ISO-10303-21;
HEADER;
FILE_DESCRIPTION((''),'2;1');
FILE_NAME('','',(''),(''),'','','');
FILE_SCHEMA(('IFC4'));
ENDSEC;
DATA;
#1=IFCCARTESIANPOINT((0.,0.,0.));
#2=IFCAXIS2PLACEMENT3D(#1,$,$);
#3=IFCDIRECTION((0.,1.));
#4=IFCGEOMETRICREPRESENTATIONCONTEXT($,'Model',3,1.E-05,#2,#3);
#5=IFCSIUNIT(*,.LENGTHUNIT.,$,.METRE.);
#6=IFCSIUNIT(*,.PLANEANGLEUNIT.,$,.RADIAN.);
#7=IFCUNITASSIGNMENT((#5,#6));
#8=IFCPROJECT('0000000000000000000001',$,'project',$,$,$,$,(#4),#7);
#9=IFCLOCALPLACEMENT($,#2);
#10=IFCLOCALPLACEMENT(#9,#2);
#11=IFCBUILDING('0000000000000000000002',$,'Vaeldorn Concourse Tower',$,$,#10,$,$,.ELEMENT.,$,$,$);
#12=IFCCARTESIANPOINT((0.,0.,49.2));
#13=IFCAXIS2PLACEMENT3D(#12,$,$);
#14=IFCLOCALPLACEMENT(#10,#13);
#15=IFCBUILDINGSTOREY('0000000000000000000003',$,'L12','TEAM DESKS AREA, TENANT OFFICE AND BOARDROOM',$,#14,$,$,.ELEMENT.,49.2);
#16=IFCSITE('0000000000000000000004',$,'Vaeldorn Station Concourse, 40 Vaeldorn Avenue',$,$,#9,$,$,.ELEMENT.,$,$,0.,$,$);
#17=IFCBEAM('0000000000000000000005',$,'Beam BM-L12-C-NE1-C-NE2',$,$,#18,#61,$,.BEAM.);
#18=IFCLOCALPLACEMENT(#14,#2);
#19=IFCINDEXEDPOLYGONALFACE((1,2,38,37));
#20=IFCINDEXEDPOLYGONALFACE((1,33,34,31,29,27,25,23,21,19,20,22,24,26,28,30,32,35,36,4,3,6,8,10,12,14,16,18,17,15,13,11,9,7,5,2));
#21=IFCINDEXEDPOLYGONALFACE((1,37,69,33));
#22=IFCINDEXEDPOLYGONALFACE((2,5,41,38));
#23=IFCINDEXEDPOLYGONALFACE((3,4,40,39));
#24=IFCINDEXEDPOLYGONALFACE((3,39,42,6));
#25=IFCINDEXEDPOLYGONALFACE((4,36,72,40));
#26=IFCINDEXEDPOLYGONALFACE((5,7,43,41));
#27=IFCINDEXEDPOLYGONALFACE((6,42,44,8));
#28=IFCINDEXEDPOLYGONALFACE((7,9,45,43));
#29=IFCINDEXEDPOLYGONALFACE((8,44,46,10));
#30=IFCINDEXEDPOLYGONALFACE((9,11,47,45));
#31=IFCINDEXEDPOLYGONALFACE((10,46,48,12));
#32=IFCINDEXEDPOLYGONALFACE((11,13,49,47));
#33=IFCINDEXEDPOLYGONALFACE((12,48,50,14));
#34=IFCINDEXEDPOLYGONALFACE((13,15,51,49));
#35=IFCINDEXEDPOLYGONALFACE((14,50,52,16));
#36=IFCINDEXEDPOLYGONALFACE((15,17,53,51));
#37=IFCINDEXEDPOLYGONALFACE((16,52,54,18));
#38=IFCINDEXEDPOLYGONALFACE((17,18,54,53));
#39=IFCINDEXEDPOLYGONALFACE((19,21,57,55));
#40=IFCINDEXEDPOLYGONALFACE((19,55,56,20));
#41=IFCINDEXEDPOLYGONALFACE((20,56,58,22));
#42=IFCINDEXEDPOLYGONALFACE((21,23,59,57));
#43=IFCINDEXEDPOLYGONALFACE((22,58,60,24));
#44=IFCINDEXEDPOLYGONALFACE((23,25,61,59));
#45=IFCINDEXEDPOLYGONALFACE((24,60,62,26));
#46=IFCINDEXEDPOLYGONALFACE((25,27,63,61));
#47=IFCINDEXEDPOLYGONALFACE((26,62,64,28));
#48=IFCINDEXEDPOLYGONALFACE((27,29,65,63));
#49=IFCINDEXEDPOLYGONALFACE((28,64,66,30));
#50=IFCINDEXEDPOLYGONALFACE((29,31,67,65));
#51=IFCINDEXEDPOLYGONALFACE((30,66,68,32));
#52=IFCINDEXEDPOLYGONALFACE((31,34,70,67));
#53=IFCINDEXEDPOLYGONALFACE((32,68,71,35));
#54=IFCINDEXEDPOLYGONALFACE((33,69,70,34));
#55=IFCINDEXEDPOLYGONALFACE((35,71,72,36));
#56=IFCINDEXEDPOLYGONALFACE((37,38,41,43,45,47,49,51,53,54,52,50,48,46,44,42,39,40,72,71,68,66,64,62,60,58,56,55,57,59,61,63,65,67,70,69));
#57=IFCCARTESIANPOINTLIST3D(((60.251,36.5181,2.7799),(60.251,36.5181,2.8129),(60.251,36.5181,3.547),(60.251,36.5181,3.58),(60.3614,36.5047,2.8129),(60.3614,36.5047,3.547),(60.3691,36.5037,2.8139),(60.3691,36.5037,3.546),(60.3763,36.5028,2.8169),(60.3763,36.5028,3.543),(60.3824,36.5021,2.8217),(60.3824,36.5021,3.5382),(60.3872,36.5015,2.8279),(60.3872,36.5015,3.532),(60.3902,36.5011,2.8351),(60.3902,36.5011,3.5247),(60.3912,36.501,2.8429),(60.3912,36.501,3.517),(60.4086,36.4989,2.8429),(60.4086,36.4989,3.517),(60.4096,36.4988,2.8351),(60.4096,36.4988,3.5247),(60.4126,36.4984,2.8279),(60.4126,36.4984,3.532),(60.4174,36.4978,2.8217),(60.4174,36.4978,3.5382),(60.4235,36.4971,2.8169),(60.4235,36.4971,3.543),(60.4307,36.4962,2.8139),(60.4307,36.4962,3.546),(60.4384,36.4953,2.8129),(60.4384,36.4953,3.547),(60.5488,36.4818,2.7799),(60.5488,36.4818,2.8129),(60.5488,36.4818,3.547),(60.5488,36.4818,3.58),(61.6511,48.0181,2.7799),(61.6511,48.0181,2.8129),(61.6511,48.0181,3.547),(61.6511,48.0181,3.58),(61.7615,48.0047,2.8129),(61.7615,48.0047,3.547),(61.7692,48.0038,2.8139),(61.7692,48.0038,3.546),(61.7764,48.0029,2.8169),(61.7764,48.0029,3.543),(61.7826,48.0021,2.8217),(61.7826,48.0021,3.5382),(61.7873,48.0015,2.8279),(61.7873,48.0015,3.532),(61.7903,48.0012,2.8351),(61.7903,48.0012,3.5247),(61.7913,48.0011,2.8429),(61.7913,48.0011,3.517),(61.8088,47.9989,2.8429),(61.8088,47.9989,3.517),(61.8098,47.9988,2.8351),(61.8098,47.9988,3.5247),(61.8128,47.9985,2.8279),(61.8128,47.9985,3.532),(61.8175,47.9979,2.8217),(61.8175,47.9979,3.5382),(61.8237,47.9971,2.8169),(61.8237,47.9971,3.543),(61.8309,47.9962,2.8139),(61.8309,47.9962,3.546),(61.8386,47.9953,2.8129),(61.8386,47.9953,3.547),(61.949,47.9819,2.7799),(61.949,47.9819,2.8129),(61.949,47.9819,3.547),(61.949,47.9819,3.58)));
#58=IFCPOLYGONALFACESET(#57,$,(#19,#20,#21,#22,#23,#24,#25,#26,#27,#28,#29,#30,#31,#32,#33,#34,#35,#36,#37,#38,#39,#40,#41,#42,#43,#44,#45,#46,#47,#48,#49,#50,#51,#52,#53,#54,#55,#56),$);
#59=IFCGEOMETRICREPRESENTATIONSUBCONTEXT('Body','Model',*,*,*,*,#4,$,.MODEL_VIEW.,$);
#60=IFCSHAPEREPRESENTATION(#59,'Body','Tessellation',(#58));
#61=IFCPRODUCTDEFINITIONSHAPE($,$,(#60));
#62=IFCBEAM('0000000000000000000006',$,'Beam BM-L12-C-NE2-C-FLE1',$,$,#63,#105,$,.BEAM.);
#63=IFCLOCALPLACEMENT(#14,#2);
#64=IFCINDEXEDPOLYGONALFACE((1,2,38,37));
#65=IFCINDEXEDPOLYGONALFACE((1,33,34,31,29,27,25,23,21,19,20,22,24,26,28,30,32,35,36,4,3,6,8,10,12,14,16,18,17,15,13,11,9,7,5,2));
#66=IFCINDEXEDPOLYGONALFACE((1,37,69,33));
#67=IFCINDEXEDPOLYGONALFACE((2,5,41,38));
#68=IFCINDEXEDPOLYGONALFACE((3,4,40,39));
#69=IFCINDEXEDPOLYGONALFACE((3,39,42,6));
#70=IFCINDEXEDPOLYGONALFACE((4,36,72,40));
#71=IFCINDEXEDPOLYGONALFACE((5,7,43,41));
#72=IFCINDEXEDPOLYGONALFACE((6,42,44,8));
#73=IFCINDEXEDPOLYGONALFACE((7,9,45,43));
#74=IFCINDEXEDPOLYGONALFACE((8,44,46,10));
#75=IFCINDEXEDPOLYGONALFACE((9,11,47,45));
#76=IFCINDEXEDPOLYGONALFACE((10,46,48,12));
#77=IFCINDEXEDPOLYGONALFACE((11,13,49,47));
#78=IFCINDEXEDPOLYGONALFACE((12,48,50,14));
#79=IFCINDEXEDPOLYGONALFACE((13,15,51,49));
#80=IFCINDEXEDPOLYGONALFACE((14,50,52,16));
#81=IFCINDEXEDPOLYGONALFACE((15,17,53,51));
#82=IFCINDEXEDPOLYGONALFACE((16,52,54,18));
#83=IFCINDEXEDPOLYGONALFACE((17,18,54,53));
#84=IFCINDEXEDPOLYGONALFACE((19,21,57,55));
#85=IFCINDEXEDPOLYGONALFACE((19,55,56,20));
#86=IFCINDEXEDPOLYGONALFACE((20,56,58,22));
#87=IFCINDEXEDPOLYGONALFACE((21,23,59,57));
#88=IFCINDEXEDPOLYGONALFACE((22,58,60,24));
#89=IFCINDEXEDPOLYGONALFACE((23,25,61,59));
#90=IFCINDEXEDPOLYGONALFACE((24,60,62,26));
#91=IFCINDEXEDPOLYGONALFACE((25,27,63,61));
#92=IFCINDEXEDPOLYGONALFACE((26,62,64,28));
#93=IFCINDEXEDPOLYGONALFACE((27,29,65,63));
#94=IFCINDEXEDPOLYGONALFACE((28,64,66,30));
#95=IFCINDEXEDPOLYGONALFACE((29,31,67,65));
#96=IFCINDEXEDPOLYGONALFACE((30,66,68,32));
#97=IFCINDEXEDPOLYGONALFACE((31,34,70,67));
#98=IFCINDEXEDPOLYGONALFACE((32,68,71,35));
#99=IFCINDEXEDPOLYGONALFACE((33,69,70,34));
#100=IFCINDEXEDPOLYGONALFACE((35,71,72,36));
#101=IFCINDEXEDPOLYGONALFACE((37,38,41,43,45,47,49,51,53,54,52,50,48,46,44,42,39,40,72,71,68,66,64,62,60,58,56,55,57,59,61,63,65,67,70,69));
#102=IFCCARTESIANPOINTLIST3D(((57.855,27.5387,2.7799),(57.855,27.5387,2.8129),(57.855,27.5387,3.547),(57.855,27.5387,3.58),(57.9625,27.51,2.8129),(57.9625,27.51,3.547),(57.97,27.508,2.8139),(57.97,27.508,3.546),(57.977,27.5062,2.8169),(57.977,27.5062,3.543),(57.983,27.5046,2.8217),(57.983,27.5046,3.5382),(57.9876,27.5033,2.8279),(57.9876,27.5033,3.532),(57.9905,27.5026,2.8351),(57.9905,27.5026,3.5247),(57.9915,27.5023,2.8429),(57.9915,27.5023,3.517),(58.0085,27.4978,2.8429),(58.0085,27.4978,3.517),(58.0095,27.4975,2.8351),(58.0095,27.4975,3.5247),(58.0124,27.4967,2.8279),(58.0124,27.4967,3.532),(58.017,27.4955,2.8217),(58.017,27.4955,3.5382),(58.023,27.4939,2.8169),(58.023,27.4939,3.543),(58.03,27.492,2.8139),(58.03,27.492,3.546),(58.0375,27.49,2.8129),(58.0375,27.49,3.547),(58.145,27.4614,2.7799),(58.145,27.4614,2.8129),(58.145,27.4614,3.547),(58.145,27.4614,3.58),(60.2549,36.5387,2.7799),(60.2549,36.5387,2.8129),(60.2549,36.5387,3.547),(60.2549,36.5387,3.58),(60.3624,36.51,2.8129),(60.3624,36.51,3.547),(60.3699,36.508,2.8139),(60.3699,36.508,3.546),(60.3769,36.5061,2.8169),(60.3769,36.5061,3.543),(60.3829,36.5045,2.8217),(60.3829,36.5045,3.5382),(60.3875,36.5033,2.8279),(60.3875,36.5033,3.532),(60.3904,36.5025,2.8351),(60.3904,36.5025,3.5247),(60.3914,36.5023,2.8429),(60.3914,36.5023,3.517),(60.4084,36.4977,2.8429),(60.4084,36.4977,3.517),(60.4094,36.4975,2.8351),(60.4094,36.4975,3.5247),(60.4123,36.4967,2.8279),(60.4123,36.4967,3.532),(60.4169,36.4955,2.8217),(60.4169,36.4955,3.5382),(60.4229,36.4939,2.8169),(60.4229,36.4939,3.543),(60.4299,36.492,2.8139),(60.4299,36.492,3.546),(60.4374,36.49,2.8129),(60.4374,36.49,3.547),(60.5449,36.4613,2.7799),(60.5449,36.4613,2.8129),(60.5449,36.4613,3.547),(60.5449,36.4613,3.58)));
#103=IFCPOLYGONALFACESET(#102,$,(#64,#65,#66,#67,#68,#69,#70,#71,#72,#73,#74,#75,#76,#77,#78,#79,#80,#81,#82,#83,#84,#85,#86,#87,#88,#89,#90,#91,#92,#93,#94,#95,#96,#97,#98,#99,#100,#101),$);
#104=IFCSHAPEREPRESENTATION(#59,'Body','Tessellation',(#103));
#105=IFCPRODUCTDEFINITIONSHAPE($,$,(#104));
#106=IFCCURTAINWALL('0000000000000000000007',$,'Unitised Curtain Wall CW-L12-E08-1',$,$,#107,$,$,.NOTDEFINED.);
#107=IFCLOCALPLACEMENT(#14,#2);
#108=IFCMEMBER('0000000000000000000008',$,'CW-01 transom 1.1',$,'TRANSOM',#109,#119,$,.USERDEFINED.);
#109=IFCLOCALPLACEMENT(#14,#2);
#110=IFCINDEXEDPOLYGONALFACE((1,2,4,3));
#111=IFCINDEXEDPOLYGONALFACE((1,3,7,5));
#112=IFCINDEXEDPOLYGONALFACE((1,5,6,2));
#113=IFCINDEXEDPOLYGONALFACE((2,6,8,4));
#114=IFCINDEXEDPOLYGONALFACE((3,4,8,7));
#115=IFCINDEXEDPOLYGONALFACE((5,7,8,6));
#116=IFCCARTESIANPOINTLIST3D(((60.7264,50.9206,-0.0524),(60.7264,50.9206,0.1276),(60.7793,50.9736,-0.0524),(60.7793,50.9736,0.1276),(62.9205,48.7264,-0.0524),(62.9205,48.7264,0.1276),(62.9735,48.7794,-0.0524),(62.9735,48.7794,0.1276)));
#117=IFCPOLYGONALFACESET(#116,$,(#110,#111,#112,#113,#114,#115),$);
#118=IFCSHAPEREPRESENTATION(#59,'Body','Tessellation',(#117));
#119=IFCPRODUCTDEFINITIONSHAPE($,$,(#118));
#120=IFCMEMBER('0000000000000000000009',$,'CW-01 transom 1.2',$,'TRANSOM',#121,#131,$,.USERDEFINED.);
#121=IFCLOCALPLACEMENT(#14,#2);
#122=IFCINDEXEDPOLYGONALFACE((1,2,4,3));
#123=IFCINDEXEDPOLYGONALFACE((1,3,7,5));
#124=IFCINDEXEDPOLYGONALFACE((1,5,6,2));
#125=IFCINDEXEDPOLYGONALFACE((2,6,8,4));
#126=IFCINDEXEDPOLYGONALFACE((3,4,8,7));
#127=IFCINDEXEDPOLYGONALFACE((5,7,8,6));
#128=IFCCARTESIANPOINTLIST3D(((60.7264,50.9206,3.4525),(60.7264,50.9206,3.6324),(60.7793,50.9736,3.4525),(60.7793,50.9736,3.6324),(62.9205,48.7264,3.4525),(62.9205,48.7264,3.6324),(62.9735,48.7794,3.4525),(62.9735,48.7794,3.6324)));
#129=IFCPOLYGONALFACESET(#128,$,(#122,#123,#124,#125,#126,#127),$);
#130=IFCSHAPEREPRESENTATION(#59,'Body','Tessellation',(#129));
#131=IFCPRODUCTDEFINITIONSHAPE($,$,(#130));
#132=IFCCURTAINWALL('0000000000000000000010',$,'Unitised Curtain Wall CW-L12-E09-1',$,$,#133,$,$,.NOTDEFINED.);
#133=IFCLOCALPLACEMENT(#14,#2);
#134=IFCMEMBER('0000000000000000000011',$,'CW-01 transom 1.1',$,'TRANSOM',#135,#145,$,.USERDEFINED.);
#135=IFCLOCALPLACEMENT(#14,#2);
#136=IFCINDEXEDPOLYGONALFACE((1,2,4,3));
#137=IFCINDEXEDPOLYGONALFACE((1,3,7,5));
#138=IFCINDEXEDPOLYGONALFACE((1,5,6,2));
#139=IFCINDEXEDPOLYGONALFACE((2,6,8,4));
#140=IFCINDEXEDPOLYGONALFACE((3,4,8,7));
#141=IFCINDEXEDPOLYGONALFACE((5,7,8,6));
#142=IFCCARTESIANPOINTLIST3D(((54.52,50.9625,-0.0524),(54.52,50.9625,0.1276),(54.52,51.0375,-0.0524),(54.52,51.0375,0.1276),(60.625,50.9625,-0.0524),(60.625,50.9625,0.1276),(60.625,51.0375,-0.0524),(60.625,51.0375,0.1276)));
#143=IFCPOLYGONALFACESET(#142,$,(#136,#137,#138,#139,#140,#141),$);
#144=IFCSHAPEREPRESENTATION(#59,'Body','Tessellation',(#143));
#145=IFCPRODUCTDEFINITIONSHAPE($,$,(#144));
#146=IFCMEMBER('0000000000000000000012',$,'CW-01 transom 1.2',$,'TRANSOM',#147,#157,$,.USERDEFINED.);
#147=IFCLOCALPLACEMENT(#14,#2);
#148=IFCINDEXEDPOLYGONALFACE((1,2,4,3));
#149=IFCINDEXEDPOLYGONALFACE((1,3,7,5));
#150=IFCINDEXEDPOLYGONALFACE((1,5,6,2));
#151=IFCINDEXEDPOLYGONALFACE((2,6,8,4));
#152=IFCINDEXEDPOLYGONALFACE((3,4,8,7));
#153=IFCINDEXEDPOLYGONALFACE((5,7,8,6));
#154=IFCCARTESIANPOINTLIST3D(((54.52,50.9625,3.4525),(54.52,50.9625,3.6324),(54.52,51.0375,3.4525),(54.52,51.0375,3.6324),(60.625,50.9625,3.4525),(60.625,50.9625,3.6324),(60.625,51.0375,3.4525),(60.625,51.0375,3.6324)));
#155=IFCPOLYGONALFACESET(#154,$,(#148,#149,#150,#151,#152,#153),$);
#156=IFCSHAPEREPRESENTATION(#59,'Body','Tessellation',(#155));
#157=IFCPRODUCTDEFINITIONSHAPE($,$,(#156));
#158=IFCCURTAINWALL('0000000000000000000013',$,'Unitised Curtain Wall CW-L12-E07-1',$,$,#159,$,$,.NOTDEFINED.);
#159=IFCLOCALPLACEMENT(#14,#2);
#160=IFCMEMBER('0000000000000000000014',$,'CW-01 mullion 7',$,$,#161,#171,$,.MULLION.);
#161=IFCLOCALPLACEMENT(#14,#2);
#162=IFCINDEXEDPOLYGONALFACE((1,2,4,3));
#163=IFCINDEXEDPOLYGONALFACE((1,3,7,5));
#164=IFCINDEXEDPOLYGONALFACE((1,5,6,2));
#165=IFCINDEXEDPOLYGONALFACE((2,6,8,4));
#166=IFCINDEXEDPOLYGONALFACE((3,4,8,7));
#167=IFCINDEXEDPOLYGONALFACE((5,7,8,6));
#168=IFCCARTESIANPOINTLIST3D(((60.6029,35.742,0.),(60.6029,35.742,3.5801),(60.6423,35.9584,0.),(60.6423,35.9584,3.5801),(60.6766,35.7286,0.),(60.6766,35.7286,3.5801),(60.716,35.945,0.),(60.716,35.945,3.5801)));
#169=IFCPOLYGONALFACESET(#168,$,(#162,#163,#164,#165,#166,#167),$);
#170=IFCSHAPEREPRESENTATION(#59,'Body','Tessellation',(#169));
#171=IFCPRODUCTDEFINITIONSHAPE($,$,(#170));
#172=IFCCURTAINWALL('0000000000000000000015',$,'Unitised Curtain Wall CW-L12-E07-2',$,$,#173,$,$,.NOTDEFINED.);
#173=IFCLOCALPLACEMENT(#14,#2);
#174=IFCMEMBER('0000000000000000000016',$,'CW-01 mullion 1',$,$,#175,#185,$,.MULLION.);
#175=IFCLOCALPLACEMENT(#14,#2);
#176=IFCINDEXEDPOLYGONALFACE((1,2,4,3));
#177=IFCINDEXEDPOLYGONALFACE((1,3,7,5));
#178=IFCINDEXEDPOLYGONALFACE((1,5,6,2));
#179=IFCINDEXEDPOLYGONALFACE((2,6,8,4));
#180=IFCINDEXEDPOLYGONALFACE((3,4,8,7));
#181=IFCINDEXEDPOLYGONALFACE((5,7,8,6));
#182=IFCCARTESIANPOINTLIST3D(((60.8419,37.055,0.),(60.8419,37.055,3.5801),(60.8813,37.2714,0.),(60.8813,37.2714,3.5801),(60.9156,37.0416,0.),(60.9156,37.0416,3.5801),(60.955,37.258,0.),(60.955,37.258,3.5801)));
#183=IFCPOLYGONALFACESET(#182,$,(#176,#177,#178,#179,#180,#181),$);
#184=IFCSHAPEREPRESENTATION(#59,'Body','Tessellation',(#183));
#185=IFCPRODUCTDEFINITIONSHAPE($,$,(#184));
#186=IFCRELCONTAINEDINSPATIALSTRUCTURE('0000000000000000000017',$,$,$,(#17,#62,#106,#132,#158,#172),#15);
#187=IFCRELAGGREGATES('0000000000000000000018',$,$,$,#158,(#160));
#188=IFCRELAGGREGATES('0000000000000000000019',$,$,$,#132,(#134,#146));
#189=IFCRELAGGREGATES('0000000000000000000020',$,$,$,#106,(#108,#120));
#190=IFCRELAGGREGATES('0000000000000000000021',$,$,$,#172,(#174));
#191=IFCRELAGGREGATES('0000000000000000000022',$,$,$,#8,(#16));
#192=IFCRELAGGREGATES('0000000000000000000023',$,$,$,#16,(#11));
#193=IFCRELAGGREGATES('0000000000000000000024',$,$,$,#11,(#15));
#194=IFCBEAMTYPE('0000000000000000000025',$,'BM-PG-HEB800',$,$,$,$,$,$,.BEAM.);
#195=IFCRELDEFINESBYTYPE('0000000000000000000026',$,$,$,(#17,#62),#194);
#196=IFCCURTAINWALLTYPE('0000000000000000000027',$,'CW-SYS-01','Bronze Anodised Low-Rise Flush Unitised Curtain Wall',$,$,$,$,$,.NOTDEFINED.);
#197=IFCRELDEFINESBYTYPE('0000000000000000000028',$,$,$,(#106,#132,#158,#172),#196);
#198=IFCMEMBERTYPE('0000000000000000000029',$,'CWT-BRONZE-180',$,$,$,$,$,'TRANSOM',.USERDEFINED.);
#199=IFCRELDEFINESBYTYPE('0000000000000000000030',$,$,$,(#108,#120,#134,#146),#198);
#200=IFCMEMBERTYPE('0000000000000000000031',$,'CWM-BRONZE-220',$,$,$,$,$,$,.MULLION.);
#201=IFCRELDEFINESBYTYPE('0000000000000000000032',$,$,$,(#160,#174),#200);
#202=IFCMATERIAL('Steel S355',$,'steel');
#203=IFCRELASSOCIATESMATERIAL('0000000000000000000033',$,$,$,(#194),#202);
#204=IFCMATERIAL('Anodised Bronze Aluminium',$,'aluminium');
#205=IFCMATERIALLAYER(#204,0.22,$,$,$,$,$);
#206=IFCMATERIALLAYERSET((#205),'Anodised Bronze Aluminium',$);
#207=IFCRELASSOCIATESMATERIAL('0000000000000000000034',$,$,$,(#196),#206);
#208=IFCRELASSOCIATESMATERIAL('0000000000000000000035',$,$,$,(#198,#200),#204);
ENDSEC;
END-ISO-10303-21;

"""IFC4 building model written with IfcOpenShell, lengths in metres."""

from ifc_helpers import new_model, si_unit, direction, frame, origin, origin_2d, place, context, subcontext, project, spatial, rectangle, i_section, extrude, source, transform, mapped, material, layer, layer_set, material_profile, profile_set, type_object, element, aggregate, save


model = new_model("IFC4")

# Units and contexts
model_context = context("Model", 3, precision=1e-05, world=origin(), true_north=direction((0.0, 1.0)))
body_context = subcontext(model_context, "Body", "Model", "MODEL_VIEW")
ifc_project = project(units=[si_unit("LENGTHUNIT", "METRE"), si_unit("PLANEANGLEUNIT", "RADIAN")], contexts=[model_context])

# Site, building, storey
site_placement = place(None, origin())
site = spatial("IfcSite", under=ifc_project, at=site_placement, Name="Vaeldorn Station Concourse, 40 Vaeldorn Avenue", CompositionType="ELEMENT", RefElevation=0.0)
building_placement = place(site_placement, origin())
building = spatial("IfcBuilding", under=site, at=building_placement, Name="Vaeldorn Concourse Tower", CompositionType="ELEMENT")
storey_placement = place(building_placement, frame((0.0, 0.0, 49.2)))
storey = spatial("IfcBuildingStorey", under=building, at=storey_placement, Name="L12", Description="TEAM DESKS AREA, TENANT OFFICE AND BOARDROOM", CompositionType="ELEMENT", Elevation=49.2)

# Beams
ifc_material_1 = material(Name="Steel S355", Category="steel")
ifc_material_profile_1 = material_profile(ifc_material_1, i_section(OverallWidth=0.3, OverallDepth=0.8, WebThickness=0.0176, FlangeThickness=0.033, FilletRadius=0.03, at=origin_2d()), Name="HEB 800")
ifc_profile_set_1 = profile_set([ifc_material_profile_1], Name="Steel S355")
beam_type = type_object("IfcBeamType", Name="BM-PG-HEB800", PredefinedType="BEAM", material=ifc_profile_set_1)
shared_shape_1 = source(origin(), body_context, "Body", "SweptSolid", [
    extrude(i_section(OverallWidth=0.3, OverallDepth=0.8, WebThickness=0.0176, FlangeThickness=0.033, FilletRadius=0.03, at=origin_2d()), origin(), (0.0, 0.0, 1.0), 11.585),
])
beam_1_placement = place(storey_placement, frame((61.8, 48.0, 3.1799), z_axis=(-0.120859, -0.99267, 0.0), x_axis=(0.99267, -0.120859, 0.0)))
element("IfcBeam", 1, at=beam_1_placement, inside=storey, type_object=beam_type, Name="Beam BM-L12-C-NE1-C-NE2", PredefinedType="BEAM", context=body_context, shape_type="MappedRepresentation", body=[
    mapped(shared_shape_1, transform((0.0, 0.0, 0.0), scale=1.0)),
])
shared_shape_2 = source(origin(), body_context, "Body", "SweptSolid", [
    extrude(i_section(OverallWidth=0.3, OverallDepth=0.8, WebThickness=0.0176, FlangeThickness=0.033, FilletRadius=0.03, at=origin_2d()), origin(), (0.0, 0.0, 1.0), 9.3145),
])
beam_2_placement = place(storey_placement, frame((60.3999, 36.5, 3.1799), z_axis=(-0.257653, -0.966238, 0.0), x_axis=(0.966238, -0.257653, 0.0)))
element("IfcBeam", 2, at=beam_2_placement, inside=storey, type_object=beam_type, Name="Beam BM-L12-C-NE2-C-FLE1", PredefinedType="BEAM", context=body_context, shape_type="MappedRepresentation", body=[
    mapped(shared_shape_2, transform((0.0, 0.0, 0.0), scale=1.0)),
])

# Curtain walls, members
ifc_material_2 = material(Name="Anodised Bronze Aluminium", Category="aluminium")
ifc_layer_1 = layer(ifc_material_2, 0.22)
ifc_layer_set_1 = layer_set([ifc_layer_1], Name="Anodised Bronze Aluminium")
curtain_wall_type = type_object("IfcCurtainWallType", Name="CW-SYS-01", Description="Bronze Anodised Low-Rise Flush Unitised Curtain Wall", PredefinedType="NOTDEFINED", material=ifc_layer_set_1)
curtain_wall_1_placement = place(storey_placement, origin())
curtain_wall_1 = element("IfcCurtainWall", 3, at=curtain_wall_1_placement, inside=storey, type_object=curtain_wall_type, Name="Unitised Curtain Wall CW-L12-E08-1", PredefinedType="NOTDEFINED")
ifc_material_profile_2 = material_profile(ifc_material_2, rectangle(XDim=0.075, YDim=0.1799, at=origin_2d()), Name="CWT 75x180")
ifc_profile_set_2 = profile_set([ifc_material_profile_2], Name="Anodised Bronze Aluminium")
member_type_1 = type_object("IfcMemberType", Name="CWT-BRONZE-180", ElementType="TRANSOM", PredefinedType="USERDEFINED", material=ifc_profile_set_2)
shared_shape_3 = source(origin(), body_context, "Body", "SweptSolid", [
    extrude(rectangle(XDim=0.075, YDim=0.1799, at=origin_2d()), origin(), (0.0, 0.0, 1.0), 3.103),
])
member_1_placement = place(storey_placement, frame((62.947, 48.7529, 0.0376), z_axis=(-0.707107, 0.707107, 0.0), x_axis=(-0.707107, -0.707107, 0.0)))
member_1 = element("IfcMember", 4, at=member_1_placement, type_object=member_type_1, Name="CW-01 transom 1.1", ObjectType="TRANSOM", PredefinedType="USERDEFINED", context=body_context, shape_type="MappedRepresentation", body=[
    mapped(shared_shape_3, transform((0.0, 0.0, 0.0), scale=1.0)),
])
member_2_placement = place(storey_placement, frame((62.947, 48.7529, 3.5425), z_axis=(-0.707107, 0.707107, 0.0), x_axis=(-0.707107, -0.707107, 0.0)))
member_2 = element("IfcMember", 5, at=member_2_placement, type_object=member_type_1, Name="CW-01 transom 1.2", ObjectType="TRANSOM", PredefinedType="USERDEFINED", context=body_context, shape_type="MappedRepresentation", body=[
    mapped(shared_shape_3, transform((0.0, 0.0, 0.0), scale=1.0)),
])
curtain_wall_2_placement = place(storey_placement, origin())
curtain_wall_2 = element("IfcCurtainWall", 6, at=curtain_wall_2_placement, inside=storey, type_object=curtain_wall_type, Name="Unitised Curtain Wall CW-L12-E09-1", PredefinedType="NOTDEFINED")
shared_shape_4 = source(origin(), body_context, "Body", "SweptSolid", [
    extrude(rectangle(XDim=0.075, YDim=0.1799, at=origin_2d()), origin(), (0.0, 0.0, 1.0), 6.105),
])
member_3_placement = place(storey_placement, frame((60.625, 51.0, 0.0376), z_axis=(-1.0, 0.0, 0.0), x_axis=(0.0, -1.0, 0.0)))
member_3 = element("IfcMember", 7, at=member_3_placement, type_object=member_type_1, Name="CW-01 transom 1.1", ObjectType="TRANSOM", PredefinedType="USERDEFINED", context=body_context, shape_type="MappedRepresentation", body=[
    mapped(shared_shape_4, transform((0.0, 0.0, 0.0), scale=1.0)),
])
member_4_placement = place(storey_placement, frame((60.625, 51.0, 3.5425), z_axis=(-1.0, 0.0, 0.0), x_axis=(0.0, -1.0, 0.0)))
member_4 = element("IfcMember", 8, at=member_4_placement, type_object=member_type_1, Name="CW-01 transom 1.2", ObjectType="TRANSOM", PredefinedType="USERDEFINED", context=body_context, shape_type="MappedRepresentation", body=[
    mapped(shared_shape_4, transform((0.0, 0.0, 0.0), scale=1.0)),
])

# Curtain wall, member
curtain_wall_3_placement = place(storey_placement, origin())
curtain_wall_3 = element("IfcCurtainWall", 9, at=curtain_wall_3_placement, inside=storey, type_object=curtain_wall_type, Name="Unitised Curtain Wall CW-L12-E07-1", PredefinedType="NOTDEFINED")
ifc_material_profile_3 = material_profile(ifc_material_2, rectangle(XDim=0.075, YDim=0.22, at=origin_2d()), Name="CWM 75x220")
ifc_profile_set_3 = profile_set([ifc_material_profile_3], Name="Anodised Bronze Aluminium")
member_type_2 = type_object("IfcMemberType", Name="CWM-BRONZE-220", PredefinedType="MULLION", material=ifc_profile_set_3)
shared_shape_5 = source(origin(), body_context, "Body", "SweptSolid", [
    extrude(rectangle(XDim=0.075, YDim=0.22, at=origin_2d()), origin(), (0.0, 0.0, 1.0), 3.5801),
])
member_5_placement = place(storey_placement, frame((60.6594, 35.8435, 0.0), z_axis=(0.0, 0.0, 1.0), x_axis=(-0.983828, 0.179117, 0.0)))
member_5 = element("IfcMember", 10, at=member_5_placement, type_object=member_type_2, Name="CW-01 mullion 7", PredefinedType="MULLION", context=body_context, shape_type="MappedRepresentation", body=[
    mapped(shared_shape_5, transform((0.0, 0.0, 0.0), scale=1.0)),
])
aggregate(curtain_wall_3, [member_5])

# Curtain wall, member
curtain_wall_4_placement = place(storey_placement, origin())
curtain_wall_4 = element("IfcCurtainWall", 11, at=curtain_wall_4_placement, inside=storey, type_object=curtain_wall_type, Name="Unitised Curtain Wall CW-L12-E07-2", PredefinedType="NOTDEFINED")
member_6_placement = place(storey_placement, frame((60.8984, 37.1565, 0.0), z_axis=(0.0, 0.0, 1.0), x_axis=(-0.983827, 0.17912, 0.0)))
member_6 = element("IfcMember", 12, at=member_6_placement, type_object=member_type_2, Name="CW-01 mullion 1", PredefinedType="MULLION", context=body_context, shape_type="MappedRepresentation", body=[
    mapped(shared_shape_5, transform((0.0, 0.0, 0.0), scale=1.0)),
])

aggregate(curtain_wall_2, [member_3, member_4])

aggregate(curtain_wall_1, [member_1, member_2])
aggregate(curtain_wall_4, [member_6])

save(model, "model.ifc")
